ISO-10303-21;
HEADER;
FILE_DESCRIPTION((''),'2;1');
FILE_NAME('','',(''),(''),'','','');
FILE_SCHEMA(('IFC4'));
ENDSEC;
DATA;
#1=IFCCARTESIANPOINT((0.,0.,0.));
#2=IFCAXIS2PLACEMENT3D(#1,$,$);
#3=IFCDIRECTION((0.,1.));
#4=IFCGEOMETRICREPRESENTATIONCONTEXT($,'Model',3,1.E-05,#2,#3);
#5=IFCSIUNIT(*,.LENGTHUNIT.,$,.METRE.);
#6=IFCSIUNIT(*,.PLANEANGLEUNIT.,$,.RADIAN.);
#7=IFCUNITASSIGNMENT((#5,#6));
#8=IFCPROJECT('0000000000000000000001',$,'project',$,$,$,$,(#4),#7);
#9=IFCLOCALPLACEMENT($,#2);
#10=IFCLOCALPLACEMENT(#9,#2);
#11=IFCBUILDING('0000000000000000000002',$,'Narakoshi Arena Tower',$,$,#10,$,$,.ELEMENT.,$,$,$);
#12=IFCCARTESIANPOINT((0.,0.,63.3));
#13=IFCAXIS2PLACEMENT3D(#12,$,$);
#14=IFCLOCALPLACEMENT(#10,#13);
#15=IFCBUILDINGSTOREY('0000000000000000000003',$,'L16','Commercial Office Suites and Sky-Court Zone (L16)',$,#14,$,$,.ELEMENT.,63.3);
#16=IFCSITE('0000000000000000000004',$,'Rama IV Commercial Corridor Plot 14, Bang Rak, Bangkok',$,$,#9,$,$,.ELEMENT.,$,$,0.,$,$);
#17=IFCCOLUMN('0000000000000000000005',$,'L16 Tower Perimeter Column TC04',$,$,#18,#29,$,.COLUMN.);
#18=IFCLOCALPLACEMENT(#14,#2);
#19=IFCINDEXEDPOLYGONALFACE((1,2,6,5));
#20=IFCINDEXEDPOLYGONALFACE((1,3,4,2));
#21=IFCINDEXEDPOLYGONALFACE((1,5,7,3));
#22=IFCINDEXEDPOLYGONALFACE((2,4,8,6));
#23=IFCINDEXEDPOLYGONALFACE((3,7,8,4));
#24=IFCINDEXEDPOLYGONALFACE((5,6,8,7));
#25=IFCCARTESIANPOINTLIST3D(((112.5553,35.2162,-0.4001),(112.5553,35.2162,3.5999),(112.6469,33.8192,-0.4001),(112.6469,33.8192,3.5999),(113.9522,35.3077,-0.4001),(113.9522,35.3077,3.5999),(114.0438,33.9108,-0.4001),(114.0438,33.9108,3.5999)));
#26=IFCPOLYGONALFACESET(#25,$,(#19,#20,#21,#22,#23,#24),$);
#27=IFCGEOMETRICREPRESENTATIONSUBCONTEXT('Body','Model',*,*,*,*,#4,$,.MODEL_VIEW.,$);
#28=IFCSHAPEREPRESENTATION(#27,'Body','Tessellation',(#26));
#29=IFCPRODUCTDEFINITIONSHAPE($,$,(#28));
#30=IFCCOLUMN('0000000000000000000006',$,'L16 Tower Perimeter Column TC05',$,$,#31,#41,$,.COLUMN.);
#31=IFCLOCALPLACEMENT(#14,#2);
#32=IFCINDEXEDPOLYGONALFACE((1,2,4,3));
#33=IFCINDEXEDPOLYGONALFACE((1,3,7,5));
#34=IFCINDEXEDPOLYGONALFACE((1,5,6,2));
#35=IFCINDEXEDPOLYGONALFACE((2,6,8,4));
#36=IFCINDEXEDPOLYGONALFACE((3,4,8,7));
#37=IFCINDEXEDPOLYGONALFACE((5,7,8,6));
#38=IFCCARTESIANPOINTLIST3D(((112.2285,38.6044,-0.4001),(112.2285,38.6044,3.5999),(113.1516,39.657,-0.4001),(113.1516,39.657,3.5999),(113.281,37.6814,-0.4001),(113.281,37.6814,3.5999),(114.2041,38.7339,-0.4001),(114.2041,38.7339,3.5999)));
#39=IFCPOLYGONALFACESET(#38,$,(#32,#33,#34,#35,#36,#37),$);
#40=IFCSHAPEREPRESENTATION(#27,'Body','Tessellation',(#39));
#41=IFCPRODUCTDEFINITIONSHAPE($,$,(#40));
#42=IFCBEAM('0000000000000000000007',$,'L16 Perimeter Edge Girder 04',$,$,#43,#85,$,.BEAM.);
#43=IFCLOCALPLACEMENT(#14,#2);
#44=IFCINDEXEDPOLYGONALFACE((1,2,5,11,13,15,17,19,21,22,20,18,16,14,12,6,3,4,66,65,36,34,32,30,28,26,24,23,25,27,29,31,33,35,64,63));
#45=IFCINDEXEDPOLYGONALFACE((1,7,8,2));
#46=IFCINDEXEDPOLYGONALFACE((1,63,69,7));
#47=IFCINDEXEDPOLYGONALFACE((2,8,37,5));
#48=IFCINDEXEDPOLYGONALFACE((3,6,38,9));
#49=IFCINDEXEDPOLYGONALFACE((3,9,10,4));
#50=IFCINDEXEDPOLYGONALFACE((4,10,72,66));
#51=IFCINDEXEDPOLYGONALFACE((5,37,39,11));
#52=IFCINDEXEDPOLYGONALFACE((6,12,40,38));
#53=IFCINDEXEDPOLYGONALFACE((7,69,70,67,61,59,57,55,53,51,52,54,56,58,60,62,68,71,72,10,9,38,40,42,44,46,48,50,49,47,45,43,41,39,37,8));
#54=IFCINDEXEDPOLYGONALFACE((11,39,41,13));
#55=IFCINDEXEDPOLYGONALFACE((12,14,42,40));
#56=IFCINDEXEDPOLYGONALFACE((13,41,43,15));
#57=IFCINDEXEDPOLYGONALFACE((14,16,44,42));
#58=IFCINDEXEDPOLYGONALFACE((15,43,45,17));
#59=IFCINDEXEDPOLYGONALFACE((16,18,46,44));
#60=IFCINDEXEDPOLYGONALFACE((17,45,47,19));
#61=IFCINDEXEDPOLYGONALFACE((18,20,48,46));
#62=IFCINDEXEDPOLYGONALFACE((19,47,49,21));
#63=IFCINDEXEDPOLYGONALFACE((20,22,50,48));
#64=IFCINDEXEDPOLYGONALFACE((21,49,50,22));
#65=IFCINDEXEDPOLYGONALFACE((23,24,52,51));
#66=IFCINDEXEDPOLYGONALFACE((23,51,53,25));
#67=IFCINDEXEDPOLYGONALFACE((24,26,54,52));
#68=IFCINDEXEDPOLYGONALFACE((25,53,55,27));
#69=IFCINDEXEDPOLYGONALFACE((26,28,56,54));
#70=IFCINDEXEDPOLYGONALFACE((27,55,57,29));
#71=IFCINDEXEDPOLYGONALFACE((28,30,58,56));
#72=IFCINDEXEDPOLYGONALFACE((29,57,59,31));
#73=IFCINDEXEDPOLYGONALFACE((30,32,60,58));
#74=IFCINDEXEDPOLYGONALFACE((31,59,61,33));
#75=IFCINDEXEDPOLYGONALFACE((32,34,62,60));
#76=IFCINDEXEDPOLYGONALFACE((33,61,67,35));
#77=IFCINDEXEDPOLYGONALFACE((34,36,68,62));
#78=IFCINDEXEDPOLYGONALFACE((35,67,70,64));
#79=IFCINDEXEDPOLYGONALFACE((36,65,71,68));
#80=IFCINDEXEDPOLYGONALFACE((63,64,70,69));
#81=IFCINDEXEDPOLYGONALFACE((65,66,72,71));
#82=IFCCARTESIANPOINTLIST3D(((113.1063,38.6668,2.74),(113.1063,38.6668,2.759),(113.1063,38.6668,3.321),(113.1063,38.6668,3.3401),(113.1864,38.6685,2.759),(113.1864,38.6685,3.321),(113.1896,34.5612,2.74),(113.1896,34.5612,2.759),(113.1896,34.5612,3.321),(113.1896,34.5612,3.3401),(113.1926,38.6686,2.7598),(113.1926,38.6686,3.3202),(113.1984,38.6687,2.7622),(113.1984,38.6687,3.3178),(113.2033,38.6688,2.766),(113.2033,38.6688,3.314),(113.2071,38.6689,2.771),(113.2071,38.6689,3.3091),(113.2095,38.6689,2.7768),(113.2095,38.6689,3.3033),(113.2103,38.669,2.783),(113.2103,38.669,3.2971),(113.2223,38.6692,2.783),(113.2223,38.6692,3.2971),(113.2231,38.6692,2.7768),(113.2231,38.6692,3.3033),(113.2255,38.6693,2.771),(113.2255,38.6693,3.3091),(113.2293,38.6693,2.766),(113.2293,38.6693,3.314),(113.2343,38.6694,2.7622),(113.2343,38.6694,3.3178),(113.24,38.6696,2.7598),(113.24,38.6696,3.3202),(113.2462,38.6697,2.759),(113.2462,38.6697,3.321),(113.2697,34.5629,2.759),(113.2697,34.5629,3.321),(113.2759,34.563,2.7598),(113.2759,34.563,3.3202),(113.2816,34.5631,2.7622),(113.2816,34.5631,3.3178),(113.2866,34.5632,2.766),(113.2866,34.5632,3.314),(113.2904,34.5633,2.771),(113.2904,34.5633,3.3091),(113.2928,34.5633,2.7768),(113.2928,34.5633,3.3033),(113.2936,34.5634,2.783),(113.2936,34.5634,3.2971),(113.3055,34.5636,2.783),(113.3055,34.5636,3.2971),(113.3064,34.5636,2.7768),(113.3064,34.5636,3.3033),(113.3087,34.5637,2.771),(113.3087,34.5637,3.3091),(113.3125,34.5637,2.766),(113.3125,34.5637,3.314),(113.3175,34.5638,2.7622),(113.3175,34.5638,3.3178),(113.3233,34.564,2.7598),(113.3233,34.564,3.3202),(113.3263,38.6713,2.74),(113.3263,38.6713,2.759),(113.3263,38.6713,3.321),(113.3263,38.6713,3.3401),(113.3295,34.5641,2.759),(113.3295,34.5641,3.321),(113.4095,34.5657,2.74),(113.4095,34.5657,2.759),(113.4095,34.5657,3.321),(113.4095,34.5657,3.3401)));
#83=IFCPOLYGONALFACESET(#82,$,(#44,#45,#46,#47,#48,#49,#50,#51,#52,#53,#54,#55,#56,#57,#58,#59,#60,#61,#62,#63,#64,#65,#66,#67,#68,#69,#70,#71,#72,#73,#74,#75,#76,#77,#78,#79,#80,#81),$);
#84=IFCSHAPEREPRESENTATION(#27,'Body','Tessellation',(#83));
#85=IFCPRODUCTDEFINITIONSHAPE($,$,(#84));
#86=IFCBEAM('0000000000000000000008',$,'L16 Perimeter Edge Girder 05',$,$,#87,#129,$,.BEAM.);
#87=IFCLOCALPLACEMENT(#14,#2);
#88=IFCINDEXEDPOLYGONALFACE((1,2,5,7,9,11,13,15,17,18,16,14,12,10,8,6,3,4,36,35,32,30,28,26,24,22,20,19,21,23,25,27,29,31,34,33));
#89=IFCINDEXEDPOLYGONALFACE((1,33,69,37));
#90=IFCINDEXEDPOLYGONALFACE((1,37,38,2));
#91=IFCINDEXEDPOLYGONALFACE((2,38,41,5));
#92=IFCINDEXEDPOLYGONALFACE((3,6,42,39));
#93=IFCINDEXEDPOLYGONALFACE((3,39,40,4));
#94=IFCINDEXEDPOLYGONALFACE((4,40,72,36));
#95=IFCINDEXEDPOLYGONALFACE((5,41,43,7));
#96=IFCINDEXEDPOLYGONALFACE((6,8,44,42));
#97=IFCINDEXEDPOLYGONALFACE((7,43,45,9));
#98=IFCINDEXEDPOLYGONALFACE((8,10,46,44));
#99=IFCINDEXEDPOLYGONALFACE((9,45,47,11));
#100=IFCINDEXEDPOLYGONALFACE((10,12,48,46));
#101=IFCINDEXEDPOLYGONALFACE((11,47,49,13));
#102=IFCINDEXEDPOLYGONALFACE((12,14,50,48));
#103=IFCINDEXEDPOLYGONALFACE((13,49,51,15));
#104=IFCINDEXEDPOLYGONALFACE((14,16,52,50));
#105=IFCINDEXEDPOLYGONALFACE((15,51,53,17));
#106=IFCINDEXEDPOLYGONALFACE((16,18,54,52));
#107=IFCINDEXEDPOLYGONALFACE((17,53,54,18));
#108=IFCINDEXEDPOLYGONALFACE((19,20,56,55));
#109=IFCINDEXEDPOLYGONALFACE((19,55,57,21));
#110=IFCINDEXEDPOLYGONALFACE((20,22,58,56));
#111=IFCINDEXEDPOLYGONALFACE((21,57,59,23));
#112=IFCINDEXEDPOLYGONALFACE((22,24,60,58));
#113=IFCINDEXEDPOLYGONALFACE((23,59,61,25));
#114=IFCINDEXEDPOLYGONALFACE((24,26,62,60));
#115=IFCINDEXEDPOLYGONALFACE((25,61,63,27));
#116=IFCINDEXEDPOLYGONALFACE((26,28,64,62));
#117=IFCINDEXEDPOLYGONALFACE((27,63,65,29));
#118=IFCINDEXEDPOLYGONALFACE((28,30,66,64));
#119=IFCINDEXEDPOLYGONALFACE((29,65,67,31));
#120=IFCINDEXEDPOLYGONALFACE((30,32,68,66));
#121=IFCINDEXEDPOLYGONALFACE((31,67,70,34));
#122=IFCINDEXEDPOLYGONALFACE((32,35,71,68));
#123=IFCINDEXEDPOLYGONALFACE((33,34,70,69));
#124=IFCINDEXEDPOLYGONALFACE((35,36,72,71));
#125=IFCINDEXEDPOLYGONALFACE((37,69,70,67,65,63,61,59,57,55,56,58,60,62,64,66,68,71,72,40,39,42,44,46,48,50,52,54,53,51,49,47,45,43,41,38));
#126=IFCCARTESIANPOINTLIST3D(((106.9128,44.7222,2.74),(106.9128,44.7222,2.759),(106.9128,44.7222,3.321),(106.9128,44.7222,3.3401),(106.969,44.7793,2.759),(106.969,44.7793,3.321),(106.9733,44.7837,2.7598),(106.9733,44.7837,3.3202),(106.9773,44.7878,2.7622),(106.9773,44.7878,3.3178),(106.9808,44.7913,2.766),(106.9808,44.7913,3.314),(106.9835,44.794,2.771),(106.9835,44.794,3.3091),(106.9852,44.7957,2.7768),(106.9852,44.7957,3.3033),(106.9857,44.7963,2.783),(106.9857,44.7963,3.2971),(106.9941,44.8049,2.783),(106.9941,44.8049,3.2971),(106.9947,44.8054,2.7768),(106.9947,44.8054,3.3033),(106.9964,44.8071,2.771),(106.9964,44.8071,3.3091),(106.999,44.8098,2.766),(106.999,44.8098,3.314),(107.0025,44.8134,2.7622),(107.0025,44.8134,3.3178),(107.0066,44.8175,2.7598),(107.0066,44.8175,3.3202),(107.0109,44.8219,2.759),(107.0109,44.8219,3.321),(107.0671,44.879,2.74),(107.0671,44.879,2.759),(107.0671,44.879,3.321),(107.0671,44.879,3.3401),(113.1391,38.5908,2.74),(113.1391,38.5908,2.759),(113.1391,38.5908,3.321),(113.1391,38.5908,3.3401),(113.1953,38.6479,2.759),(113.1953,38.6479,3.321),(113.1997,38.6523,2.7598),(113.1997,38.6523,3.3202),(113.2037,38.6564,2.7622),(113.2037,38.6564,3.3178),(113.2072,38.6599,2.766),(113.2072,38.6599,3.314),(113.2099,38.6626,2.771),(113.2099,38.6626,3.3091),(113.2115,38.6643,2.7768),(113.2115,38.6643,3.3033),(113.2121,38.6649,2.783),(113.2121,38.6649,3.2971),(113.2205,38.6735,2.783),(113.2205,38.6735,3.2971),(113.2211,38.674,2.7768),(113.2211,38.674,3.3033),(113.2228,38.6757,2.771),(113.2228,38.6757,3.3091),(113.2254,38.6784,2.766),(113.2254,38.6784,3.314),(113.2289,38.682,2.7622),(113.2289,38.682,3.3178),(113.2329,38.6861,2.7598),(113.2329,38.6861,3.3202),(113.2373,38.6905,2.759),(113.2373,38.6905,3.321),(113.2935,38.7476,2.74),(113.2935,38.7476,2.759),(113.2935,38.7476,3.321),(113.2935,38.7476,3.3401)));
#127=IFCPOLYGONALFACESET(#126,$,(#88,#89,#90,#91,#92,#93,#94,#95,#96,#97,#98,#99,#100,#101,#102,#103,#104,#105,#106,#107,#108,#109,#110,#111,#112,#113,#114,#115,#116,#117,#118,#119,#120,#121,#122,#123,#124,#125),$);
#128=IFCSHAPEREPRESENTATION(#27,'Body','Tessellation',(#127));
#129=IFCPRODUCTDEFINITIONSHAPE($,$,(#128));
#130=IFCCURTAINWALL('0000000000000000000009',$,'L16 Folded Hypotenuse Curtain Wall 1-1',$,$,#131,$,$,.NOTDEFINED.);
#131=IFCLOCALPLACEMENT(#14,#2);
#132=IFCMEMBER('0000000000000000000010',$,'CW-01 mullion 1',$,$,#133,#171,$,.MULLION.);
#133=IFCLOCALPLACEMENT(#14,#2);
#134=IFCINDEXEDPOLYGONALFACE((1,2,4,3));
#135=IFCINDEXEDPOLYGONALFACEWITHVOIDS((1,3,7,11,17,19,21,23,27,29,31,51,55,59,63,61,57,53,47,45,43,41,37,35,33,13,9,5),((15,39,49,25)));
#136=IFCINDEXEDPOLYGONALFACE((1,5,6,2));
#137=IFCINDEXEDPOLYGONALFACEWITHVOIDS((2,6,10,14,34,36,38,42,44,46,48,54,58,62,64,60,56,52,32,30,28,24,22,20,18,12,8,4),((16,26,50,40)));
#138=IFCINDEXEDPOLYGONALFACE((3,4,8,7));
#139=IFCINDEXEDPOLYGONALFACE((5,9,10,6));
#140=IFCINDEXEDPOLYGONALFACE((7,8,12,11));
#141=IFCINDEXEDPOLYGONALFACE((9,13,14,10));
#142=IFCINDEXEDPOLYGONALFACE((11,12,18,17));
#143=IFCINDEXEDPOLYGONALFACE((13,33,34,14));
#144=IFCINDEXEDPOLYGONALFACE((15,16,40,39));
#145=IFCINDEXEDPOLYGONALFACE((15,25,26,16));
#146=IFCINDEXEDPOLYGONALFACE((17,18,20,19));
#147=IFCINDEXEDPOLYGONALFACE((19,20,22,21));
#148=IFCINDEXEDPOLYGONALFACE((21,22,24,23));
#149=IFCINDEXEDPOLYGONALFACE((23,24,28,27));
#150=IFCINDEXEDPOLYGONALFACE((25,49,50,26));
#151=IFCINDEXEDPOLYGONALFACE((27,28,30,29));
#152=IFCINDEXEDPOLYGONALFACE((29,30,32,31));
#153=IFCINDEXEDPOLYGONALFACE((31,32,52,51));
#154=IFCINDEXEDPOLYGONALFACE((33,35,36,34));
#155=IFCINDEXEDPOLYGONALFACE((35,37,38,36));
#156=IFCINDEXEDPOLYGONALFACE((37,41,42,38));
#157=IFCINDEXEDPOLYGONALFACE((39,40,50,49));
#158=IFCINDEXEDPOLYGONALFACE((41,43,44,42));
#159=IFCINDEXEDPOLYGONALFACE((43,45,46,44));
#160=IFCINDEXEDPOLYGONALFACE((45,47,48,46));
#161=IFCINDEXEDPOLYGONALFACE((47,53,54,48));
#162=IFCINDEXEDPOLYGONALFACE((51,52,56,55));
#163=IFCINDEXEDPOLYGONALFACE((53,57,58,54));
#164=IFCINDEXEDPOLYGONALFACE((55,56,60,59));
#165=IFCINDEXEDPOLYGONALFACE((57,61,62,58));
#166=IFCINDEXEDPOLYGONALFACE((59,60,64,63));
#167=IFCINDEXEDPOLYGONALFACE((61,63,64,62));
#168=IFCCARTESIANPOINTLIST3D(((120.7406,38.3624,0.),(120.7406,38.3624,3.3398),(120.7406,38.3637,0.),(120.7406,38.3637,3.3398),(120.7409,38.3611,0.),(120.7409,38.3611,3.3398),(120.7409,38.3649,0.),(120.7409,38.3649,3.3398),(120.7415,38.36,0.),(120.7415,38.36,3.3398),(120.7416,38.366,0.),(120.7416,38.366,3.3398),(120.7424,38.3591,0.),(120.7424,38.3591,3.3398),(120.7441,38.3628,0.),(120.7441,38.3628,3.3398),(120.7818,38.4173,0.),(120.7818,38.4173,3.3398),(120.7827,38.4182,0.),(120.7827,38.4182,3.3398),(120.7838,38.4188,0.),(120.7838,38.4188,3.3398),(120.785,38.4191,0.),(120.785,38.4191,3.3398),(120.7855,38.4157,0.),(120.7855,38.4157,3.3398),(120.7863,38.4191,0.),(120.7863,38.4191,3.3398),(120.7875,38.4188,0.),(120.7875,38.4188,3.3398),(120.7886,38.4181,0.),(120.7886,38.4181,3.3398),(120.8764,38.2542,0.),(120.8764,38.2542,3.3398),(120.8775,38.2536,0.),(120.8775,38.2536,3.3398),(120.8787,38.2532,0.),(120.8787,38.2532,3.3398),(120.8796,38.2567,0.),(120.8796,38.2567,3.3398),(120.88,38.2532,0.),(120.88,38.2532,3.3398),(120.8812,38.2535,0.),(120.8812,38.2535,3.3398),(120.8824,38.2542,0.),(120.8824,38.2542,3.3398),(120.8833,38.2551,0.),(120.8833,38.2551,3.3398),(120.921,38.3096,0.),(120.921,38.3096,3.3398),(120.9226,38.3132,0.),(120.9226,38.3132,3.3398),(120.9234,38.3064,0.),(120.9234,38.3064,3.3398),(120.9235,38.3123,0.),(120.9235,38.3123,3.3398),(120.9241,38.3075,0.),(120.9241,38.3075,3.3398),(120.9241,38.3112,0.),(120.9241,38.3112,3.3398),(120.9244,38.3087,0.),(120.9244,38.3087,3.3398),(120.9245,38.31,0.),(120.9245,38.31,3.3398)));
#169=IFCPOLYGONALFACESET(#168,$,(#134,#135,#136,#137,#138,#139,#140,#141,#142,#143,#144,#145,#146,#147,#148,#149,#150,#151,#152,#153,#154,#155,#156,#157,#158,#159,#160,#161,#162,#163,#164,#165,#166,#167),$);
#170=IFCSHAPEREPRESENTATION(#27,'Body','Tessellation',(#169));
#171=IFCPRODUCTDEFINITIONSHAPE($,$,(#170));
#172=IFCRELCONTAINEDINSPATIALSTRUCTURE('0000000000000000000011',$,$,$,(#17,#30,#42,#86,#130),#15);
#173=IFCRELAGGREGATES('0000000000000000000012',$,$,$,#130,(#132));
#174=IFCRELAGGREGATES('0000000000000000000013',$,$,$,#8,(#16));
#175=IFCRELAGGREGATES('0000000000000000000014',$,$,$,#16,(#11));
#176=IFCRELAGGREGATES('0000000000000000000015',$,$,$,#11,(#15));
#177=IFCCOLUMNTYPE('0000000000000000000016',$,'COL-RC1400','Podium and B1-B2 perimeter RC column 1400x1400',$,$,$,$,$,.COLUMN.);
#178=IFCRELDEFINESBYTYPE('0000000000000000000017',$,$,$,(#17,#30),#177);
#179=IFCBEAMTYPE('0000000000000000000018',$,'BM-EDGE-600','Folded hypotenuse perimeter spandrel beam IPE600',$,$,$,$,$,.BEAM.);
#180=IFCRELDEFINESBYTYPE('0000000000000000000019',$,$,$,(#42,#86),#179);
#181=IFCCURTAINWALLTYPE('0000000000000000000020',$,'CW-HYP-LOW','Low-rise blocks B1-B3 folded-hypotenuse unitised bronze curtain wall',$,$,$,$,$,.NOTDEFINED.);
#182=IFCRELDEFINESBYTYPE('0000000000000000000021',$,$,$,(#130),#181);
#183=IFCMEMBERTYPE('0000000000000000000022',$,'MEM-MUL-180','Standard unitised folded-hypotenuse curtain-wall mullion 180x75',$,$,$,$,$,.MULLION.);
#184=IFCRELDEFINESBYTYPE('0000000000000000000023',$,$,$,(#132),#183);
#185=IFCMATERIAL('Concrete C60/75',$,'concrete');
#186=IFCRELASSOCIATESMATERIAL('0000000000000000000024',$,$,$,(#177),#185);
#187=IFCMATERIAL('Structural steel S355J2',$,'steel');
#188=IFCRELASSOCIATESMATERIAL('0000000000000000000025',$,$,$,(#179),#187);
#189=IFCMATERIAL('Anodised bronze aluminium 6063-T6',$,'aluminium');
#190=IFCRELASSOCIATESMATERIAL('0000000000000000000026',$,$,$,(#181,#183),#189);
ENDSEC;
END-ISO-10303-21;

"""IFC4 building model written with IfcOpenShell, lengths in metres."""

from ifc_helpers import new_model, si_unit, direction, frame, origin, origin_2d, place, context, subcontext, project, spatial, rectangle, hollow_rectangle, i_section, extrude, material, material_profile, profile_set, type_object, element, aggregate, save


model = new_model("IFC4")

# Units and contexts
model_context = context("Model", 3, precision=1e-05, world=origin(), true_north=direction((0.0, 1.0)))
body_context = subcontext(model_context, "Body", "Model", "MODEL_VIEW")
ifc_project = project(units=[si_unit("LENGTHUNIT", "METRE"), si_unit("PLANEANGLEUNIT", "RADIAN")], contexts=[model_context])

# Site, building, storey
site_placement = place(None, origin())
site = spatial("IfcSite", under=ifc_project, at=site_placement, Name="Rama IV Commercial Corridor Plot 14, Bang Rak, Bangkok", CompositionType="ELEMENT", RefElevation=0.0)
building_placement = place(site_placement, origin())
building = spatial("IfcBuilding", under=site, at=building_placement, Name="Narakoshi Arena Tower", CompositionType="ELEMENT")
storey_placement = place(building_placement, frame((0.0, 0.0, 63.3)))
storey = spatial("IfcBuildingStorey", under=building, at=storey_placement, Name="L16", Description="Commercial Office Suites and Sky-Court Zone (L16)", CompositionType="ELEMENT", Elevation=63.3)

# Columns
ifc_material_1 = material(Name="Concrete C60/75", Category="concrete")
ifc_material_profile_1 = material_profile(ifc_material_1, rectangle(XDim=1.3999, YDim=1.3999, at=origin_2d()), Name="RC1400x1400")
ifc_profile_set_1 = profile_set([ifc_material_profile_1], Name="Concrete C60/75")
column_type = type_object("IfcColumnType", Name="COL-RC1400", Description="Podium and B1-B2 perimeter RC column 1400x1400", PredefinedType="COLUMN", material=ifc_profile_set_1)
for number, where, z_axis, x_axis, name in (
    (1, (113.2996, 34.5635, -0.4001), (0.0, 0.0, 1.0), (0.997859, 0.065403, 0.0), "L16 Tower Perimeter Column TC04"),
    (2, (113.2163, 38.6692, -0.4001), (0.0, 0.0, 1.0), (0.659346, 0.75184, 0.0), "L16 Tower Perimeter Column TC05"),
):
    element("IfcColumn", number, at=place(storey_placement, frame(where, z_axis=z_axis, x_axis=x_axis)), inside=storey, type_object=column_type, Name=name, PredefinedType="COLUMN", context=body_context, shape_type="SweptSolid", body=[
        extrude(rectangle(XDim=1.3999, YDim=1.3999, at=origin_2d()), origin(), (0.0, 0.0, 1.0), 4.0),
    ])

# Beams
ifc_material_2 = material(Name="Structural steel S355J2", Category="steel")
ifc_material_profile_2 = material_profile(ifc_material_2, i_section(OverallWidth=0.22, OverallDepth=0.6001, WebThickness=0.012, FlangeThickness=0.019, FilletRadius=0.0239, at=origin_2d()), Name="IPE600")
ifc_profile_set_2 = profile_set([ifc_material_profile_2], Name="Structural steel S355J2")
beam_type = type_object("IfcBeamType", Name="BM-EDGE-600", Description="Folded hypotenuse perimeter spandrel beam IPE600", PredefinedType="BEAM", material=ifc_profile_set_2)
beam_1_placement = place(storey_placement, frame((113.2996, 34.5635, 3.04), z_axis=(-0.020273, 0.999794, 0.0), x_axis=(-0.999794, -0.020273, 0.0)))
element("IfcBeam", 3, at=beam_1_placement, inside=storey, type_object=beam_type, Name="L16 Perimeter Edge Girder 04", PredefinedType="BEAM", context=body_context, shape_type="SweptSolid", body=[
    extrude(i_section(OverallWidth=0.22, OverallDepth=0.6001, WebThickness=0.012, FlangeThickness=0.019, FilletRadius=0.0239, at=origin_2d()), origin(), (0.0, 0.0, 1.0), 4.1064),
])
beam_2_placement = place(storey_placement, frame((113.2163, 38.6692, 3.04), z_axis=(-0.71252, 0.701652, 0.0), x_axis=(-0.701652, -0.71252, 0.0)))
element("IfcBeam", 4, at=beam_2_placement, inside=storey, type_object=beam_type, Name="L16 Perimeter Edge Girder 05", PredefinedType="BEAM", context=body_context, shape_type="SweptSolid", body=[
    extrude(i_section(OverallWidth=0.22, OverallDepth=0.6001, WebThickness=0.012, FlangeThickness=0.019, FilletRadius=0.0239, at=origin_2d()), origin(), (0.0, 0.0, 1.0), 8.7385),
])

# Curtain wall, member
ifc_material_3 = material(Name="Anodised bronze aluminium 6063-T6", Category="aluminium")
curtain_wall_type = type_object("IfcCurtainWallType", Name="CW-HYP-LOW", Description="Low-rise blocks B1-B3 folded-hypotenuse unitised bronze curtain wall", PredefinedType="NOTDEFINED", material=ifc_material_3)
curtain_wall_placement = place(storey_placement, origin())
curtain_wall = element("IfcCurtainWall", 5, at=curtain_wall_placement, inside=storey, type_object=curtain_wall_type, Name="L16 Folded Hypotenuse Curtain Wall 1-1", PredefinedType="NOTDEFINED")
ifc_material_profile_3 = material_profile(ifc_material_3, hollow_rectangle(XDim=0.075, YDim=0.1799, WallThickness=0.0039, OuterFilletRadius=0.0049, at=origin_2d()), Name="MUL180x75x4")
ifc_profile_set_3 = profile_set([ifc_material_profile_3], Name="Anodised bronze aluminium 6063-T6")
member_type_1 = type_object("IfcMemberType", Name="MEM-MUL-180", Description="Standard unitised folded-hypotenuse curtain-wall mullion 180x75", PredefinedType="MULLION", material=ifc_profile_set_3)
member_1_placement = place(storey_placement, frame((120.8325, 38.3362, 0.0), z_axis=(0.0, 0.0, 1.0), x_axis=(-0.616458, -0.787388, 0.0)))
member_1 = element("IfcMember", 6, at=member_1_placement, type_object=member_type_1, Name="CW-01 mullion 1", PredefinedType="MULLION", context=body_context, shape_type="SweptSolid", body=[
    extrude(hollow_rectangle(XDim=0.075, YDim=0.1799, WallThickness=0.0039, OuterFilletRadius=0.0049, at=origin_2d()), origin(), (0.0, 0.0, 1.0), 3.3398),
])
aggregate(curtain_wall, [member_1])

save(model, "model.ifc")
